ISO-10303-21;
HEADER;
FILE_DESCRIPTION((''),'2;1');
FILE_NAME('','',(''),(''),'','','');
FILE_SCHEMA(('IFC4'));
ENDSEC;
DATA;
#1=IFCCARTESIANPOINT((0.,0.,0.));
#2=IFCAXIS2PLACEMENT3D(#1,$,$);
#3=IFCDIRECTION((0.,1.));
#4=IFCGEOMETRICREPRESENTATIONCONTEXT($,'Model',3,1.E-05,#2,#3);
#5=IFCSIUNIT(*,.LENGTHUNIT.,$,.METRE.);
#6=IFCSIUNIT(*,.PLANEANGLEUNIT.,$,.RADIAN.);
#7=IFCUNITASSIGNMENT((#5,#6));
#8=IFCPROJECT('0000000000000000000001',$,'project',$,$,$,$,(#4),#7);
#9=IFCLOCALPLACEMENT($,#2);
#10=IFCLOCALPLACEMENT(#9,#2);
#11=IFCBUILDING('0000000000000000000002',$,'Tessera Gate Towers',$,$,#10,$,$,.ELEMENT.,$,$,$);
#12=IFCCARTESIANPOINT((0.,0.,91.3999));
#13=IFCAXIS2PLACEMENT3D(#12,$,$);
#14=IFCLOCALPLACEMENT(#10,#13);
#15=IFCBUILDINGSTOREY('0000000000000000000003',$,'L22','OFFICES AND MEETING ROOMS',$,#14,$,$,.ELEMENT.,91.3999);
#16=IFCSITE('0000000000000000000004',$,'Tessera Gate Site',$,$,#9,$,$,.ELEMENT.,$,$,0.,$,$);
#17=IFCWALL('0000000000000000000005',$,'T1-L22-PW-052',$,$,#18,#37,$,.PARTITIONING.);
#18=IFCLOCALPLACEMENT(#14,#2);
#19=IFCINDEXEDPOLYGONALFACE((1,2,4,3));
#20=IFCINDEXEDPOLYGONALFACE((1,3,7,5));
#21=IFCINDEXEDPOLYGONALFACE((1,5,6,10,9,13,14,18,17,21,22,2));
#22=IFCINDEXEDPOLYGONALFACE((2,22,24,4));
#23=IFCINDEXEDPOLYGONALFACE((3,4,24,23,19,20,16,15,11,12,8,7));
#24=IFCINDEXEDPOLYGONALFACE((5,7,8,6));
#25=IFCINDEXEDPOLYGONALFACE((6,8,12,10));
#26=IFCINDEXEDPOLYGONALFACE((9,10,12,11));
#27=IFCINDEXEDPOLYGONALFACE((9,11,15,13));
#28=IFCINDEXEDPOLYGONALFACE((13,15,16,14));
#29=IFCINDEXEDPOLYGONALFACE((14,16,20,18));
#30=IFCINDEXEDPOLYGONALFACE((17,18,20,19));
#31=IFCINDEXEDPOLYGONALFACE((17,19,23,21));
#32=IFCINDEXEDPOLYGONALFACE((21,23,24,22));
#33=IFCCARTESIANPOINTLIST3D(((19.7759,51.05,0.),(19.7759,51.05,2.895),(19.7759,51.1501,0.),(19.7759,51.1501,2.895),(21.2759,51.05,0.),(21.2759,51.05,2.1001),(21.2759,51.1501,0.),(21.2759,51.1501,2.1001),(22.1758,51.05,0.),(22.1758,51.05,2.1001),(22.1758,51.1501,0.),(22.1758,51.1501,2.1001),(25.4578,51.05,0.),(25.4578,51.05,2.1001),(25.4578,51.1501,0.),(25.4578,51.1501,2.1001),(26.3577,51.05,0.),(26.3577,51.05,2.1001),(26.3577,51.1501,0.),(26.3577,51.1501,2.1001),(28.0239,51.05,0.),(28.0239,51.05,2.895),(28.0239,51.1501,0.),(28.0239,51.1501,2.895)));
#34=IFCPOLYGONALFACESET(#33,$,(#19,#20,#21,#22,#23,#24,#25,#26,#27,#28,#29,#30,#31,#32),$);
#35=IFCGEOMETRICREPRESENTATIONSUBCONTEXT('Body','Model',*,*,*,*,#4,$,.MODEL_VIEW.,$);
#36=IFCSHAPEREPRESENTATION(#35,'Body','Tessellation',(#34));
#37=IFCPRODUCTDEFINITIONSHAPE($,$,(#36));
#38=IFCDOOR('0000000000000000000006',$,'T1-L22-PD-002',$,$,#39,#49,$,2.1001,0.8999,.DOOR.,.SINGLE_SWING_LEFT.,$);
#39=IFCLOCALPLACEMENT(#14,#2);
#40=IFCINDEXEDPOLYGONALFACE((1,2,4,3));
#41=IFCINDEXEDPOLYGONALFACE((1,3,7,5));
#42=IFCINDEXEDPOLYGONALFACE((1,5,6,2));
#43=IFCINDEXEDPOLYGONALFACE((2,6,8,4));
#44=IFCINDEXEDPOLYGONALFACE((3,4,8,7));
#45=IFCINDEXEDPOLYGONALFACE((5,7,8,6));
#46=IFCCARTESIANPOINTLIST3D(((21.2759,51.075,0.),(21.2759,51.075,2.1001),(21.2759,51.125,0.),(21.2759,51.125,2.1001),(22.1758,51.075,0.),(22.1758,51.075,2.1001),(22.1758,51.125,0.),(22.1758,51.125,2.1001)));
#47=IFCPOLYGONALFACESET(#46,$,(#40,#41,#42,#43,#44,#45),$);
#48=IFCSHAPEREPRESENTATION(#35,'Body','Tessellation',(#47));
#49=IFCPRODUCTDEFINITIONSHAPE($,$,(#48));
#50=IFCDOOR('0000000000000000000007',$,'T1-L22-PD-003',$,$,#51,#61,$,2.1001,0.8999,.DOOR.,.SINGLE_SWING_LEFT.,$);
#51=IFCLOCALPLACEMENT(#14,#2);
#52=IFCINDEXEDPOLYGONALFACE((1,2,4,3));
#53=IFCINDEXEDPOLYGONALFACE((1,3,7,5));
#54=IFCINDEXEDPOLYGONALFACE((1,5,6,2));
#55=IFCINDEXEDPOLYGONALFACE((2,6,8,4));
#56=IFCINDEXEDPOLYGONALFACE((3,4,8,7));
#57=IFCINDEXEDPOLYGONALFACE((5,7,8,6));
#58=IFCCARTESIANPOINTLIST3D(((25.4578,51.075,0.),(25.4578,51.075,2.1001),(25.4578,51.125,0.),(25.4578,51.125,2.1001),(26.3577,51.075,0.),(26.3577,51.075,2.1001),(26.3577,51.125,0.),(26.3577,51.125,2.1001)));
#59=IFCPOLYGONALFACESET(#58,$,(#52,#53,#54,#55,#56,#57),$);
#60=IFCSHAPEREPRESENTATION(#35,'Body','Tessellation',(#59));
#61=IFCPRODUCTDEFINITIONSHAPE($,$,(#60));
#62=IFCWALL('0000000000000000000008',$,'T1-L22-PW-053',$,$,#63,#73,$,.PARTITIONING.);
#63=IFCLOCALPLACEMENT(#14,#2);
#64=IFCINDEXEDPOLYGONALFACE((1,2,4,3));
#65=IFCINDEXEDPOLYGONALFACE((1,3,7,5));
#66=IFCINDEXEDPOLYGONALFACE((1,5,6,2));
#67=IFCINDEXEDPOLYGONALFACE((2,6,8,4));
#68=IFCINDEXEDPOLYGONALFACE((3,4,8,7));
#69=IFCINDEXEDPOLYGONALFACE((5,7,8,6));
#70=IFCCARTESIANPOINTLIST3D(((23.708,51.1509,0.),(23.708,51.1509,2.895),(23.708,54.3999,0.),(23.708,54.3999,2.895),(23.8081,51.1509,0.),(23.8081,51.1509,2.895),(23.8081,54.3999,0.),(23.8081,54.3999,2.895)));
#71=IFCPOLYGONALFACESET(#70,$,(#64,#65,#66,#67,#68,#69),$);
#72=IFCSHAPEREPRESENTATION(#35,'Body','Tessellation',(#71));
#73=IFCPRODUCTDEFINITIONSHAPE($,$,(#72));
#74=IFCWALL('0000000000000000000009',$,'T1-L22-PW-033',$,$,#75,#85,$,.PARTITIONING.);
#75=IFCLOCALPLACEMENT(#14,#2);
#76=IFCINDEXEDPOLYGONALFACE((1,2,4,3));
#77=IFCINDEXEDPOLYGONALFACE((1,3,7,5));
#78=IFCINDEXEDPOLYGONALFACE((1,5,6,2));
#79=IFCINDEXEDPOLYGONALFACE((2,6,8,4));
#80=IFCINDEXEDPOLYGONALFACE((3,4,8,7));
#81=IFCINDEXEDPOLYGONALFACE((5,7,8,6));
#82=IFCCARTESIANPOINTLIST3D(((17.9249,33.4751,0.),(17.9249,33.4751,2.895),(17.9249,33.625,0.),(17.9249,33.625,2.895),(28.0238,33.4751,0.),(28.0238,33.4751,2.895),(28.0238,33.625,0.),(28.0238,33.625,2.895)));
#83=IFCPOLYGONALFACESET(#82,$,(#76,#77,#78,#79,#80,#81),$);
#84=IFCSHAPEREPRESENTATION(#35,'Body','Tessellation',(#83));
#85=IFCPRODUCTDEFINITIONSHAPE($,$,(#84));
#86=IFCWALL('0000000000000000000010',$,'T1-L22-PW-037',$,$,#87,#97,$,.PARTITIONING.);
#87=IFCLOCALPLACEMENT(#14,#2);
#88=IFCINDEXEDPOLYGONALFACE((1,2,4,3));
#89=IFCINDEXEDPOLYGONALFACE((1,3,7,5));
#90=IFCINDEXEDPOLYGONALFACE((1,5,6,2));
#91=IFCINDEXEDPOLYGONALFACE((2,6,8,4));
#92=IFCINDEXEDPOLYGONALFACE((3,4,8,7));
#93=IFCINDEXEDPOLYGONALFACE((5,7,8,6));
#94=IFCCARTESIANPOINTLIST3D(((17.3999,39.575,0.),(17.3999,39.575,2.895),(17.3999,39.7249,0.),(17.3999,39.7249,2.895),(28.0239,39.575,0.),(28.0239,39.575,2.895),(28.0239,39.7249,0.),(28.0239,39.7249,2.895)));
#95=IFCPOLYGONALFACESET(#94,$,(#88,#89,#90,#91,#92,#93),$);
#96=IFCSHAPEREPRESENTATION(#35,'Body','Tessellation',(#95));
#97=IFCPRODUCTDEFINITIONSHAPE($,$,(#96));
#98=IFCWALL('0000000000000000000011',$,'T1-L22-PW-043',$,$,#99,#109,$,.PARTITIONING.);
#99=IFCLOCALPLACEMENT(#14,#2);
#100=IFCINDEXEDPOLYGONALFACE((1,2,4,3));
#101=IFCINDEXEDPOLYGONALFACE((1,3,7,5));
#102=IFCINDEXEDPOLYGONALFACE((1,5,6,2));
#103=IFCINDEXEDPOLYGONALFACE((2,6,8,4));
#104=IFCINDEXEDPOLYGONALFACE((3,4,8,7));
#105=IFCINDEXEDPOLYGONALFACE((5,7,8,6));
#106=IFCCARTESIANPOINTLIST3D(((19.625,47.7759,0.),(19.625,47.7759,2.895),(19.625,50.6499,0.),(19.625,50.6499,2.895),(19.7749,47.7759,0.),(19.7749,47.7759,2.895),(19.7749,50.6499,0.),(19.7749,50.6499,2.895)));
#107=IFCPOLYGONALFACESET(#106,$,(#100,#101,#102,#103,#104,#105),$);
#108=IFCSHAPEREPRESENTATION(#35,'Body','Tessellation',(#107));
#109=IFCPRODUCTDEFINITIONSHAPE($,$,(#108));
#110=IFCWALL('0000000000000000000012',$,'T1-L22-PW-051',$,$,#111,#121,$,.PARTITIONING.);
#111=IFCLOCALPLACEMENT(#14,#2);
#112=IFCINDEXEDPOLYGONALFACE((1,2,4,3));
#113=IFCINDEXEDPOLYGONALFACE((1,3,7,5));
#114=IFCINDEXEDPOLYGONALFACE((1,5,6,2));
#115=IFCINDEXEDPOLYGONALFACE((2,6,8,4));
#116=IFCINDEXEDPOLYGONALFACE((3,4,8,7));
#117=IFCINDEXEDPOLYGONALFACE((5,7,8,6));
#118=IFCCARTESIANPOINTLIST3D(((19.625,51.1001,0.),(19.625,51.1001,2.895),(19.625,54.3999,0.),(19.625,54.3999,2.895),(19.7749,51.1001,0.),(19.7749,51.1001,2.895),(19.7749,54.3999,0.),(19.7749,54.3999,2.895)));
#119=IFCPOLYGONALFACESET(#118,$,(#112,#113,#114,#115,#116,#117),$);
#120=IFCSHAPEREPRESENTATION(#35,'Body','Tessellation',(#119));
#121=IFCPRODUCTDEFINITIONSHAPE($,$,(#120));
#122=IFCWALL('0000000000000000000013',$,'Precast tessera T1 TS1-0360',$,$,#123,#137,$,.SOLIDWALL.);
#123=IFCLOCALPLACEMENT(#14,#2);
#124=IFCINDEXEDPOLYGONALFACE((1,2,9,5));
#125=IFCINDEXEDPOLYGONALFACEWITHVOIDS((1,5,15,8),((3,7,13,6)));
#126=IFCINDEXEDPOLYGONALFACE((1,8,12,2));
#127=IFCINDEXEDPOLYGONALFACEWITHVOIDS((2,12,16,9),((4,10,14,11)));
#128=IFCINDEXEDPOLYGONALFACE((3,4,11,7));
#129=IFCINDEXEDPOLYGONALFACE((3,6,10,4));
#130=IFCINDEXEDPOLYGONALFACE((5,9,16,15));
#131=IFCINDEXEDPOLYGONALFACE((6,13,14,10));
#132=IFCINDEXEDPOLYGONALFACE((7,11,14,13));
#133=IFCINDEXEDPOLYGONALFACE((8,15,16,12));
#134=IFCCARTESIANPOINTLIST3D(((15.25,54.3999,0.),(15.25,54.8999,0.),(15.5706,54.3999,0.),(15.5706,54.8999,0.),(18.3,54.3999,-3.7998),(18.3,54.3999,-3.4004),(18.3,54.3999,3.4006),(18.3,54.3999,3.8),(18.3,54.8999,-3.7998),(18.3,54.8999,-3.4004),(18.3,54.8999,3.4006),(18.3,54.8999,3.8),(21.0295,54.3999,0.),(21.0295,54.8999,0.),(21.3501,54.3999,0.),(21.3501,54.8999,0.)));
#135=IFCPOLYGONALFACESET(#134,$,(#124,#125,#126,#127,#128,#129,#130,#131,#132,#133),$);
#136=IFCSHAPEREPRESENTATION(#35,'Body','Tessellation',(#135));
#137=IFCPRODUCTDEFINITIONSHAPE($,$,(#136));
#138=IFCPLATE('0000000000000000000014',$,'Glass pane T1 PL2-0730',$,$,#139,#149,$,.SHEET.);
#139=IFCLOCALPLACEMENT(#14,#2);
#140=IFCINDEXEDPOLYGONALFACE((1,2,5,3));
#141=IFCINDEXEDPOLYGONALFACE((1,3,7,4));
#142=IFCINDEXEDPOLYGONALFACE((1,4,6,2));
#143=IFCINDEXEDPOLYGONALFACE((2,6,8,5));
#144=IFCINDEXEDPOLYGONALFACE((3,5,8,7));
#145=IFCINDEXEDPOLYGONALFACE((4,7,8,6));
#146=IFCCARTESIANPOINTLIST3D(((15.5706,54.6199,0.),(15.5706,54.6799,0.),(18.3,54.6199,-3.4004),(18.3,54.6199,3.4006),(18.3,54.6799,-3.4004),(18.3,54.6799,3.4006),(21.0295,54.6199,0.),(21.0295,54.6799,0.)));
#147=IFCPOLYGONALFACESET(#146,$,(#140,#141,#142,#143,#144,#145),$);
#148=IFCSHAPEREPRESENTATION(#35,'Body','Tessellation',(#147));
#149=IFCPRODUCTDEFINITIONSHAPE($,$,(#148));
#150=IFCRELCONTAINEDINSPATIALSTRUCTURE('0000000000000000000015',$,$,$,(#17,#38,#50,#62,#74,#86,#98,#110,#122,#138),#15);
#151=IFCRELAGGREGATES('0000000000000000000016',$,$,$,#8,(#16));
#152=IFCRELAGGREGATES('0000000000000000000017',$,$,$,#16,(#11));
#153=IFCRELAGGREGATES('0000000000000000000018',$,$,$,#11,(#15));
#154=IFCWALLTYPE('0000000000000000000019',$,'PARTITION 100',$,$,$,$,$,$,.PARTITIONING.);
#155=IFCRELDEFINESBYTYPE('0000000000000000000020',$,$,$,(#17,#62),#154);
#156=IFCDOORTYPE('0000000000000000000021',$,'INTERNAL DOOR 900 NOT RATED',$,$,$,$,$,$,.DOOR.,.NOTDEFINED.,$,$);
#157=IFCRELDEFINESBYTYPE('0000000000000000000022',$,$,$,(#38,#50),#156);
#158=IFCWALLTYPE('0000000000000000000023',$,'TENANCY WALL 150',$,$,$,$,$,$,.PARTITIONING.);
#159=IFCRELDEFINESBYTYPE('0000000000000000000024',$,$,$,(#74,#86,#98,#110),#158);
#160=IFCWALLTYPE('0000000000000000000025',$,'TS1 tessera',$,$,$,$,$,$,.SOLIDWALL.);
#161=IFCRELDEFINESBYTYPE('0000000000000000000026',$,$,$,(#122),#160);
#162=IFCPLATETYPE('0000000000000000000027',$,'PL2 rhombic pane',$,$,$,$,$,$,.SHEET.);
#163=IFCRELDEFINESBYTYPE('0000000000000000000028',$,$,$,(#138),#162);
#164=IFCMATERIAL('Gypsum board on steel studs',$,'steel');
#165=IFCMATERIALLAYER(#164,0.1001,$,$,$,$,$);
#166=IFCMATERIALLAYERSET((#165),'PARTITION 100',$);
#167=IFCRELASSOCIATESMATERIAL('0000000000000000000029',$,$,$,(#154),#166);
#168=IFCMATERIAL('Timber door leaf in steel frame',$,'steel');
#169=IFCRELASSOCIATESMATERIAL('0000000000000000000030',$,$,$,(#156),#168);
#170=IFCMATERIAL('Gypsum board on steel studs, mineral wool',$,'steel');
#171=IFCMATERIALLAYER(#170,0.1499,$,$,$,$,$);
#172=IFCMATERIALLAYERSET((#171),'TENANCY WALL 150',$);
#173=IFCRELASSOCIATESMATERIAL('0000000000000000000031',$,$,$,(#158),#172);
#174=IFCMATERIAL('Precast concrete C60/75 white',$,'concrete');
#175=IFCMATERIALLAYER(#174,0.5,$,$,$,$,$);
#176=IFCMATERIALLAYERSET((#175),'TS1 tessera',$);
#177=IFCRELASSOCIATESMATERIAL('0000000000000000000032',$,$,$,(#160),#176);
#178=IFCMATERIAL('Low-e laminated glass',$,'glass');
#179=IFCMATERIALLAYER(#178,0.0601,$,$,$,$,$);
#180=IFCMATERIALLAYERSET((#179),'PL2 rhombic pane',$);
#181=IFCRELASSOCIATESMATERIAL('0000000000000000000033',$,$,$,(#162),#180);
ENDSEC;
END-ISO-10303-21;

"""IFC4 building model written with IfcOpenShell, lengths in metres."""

from ifc_helpers import new_model, si_unit, direction, frame, frame_2d, origin, place, context, subcontext, project, spatial, polyline, rectangle, outline, extrude, source, transform, mapped, material, layer, layer_set, type_object, element, fill, save


model = new_model("IFC4")

# Units and contexts
model_context = context("Model", 3, precision=1e-05, world=origin(), true_north=direction((0.0, 1.0)))
body_context = subcontext(model_context, "Body", "Model", "MODEL_VIEW")
ifc_project = project(units=[si_unit("LENGTHUNIT", "METRE"), si_unit("PLANEANGLEUNIT", "RADIAN")], contexts=[model_context])

# Site, building, storey
site_placement = place(None, origin())
site = spatial("IfcSite", under=ifc_project, at=site_placement, Name="Tessera Gate Site", CompositionType="ELEMENT", RefElevation=0.0)
building_placement = place(site_placement, origin())
building = spatial("IfcBuilding", under=site, at=building_placement, Name="Tessera Gate Towers", CompositionType="ELEMENT")
storey_placement = place(building_placement, frame((0.0, 0.0, 91.3999)))
storey = spatial("IfcBuildingStorey", under=building, at=storey_placement, Name="L22", Description="OFFICES AND MEETING ROOMS", CompositionType="ELEMENT", Elevation=91.3999)

# Shared definitions
shared_shape_1 = source(origin(), body_context, "Body", "SweptSolid", [
    extrude(rectangle(XDim=0.8999, YDim=2.1001, at=frame_2d((0.45, 1.05))), frame((0.0, 0.0601, 0.0), z_axis=(0.0, -1.0, 0.0), x_axis=(1.0, 0.0, 0.0)), (0.0, 0.0, 1.0), 0.1201),
])
shared_shape_2 = source(origin(), body_context, "Body", "SweptSolid", [
    extrude(rectangle(XDim=0.8999, YDim=2.1001, at=frame_2d((0.45, 1.05))), frame((0.0, 0.0249, 0.0), z_axis=(0.0, -1.0, 0.0), x_axis=(1.0, 0.0, 0.0)), (0.0, 0.0, 1.0), 0.05),
])

# Shared definitions
ifc_material_1 = material(Name="Gypsum board on steel studs", Category="steel")
ifc_layer_1 = layer(ifc_material_1, 0.1001)
ifc_layer_set_1 = layer_set([ifc_layer_1], Name="PARTITION 100")
wall_type_1 = type_object("IfcWallType", Name="PARTITION 100", PredefinedType="PARTITIONING", material=ifc_layer_set_1)

# Wall, openings, doors
wall_1_placement = place(storey_placement, frame((19.7759, 51.1001, 0.0), z_axis=(0.0, 0.0, 1.0), x_axis=(1.0, 0.0, 0.0)))
wall_1 = element("IfcWall", 1, at=wall_1_placement, inside=storey, type_object=wall_type_1, Name="T1-L22-PW-052", PredefinedType="PARTITIONING", context=body_context, shape_type="SweptSolid", body=[
    extrude(rectangle(XDim=8.248, YDim=0.1001, at=frame_2d((4.124, 0.0))), origin(), (0.0, 0.0, 1.0), 2.895),
])
opening_1_placement = place(wall_1_placement, frame((1.5, 0.0, 0.0)))
opening_1 = element("IfcOpeningElement", 2, at=opening_1_placement, cuts=wall_1, PredefinedType="OPENING", context=body_context, shape_type="MappedRepresentation", body=[
    mapped(shared_shape_1, transform((0.0, 0.0, 0.0), scale=1.0)),
])
opening_2_placement = place(wall_1_placement, frame((5.6819, 0.0, 0.0)))
opening_2 = element("IfcOpeningElement", 3, at=opening_2_placement, cuts=wall_1, PredefinedType="OPENING", context=body_context, shape_type="MappedRepresentation", body=[
    mapped(shared_shape_1, transform((0.0, 0.0, 0.0), scale=1.0)),
])
ifc_material_2 = material(Name="Timber door leaf in steel frame", Category="steel")
door_type_1 = type_object("IfcDoorType", Name="INTERNAL DOOR 900 NOT RATED", OperationType="NOTDEFINED", PredefinedType="DOOR", material=ifc_material_2)
door_1_placement = place(opening_1_placement, origin())
door_1 = element("IfcDoor", 4, at=door_1_placement, inside=storey, type_object=door_type_1, Name="T1-L22-PD-002", OperationType="SINGLE_SWING_LEFT", OverallHeight=2.1001, OverallWidth=0.8999, PredefinedType="DOOR", context=body_context, shape_type="MappedRepresentation", body=[
    mapped(shared_shape_2, transform((0.0, 0.0, 0.0), scale=1.0)),
])
fill(opening_1, door_1)
door_2_placement = place(opening_2_placement, origin())
door_2 = element("IfcDoor", 5, at=door_2_placement, inside=storey, type_object=door_type_1, Name="T1-L22-PD-003", OperationType="SINGLE_SWING_LEFT", OverallHeight=2.1001, OverallWidth=0.8999, PredefinedType="DOOR", context=body_context, shape_type="MappedRepresentation", body=[
    mapped(shared_shape_2, transform((0.0, 0.0, 0.0), scale=1.0)),
])
fill(opening_2, door_2)

# Walls
wall_2_placement = place(storey_placement, frame((23.7581, 51.1509, 0.0), z_axis=(0.0, 0.0, 1.0), x_axis=(0.0, 1.0, 0.0)))
element("IfcWall", 6, at=wall_2_placement, inside=storey, type_object=wall_type_1, Name="T1-L22-PW-053", PredefinedType="PARTITIONING", context=body_context, shape_type="SweptSolid", body=[
    extrude(rectangle(XDim=3.249, YDim=0.1001, at=frame_2d((1.6245, 0.0))), origin(), (0.0, 0.0, 1.0), 2.895),
])
ifc_material_3 = material(Name="Gypsum board on steel studs, mineral wool", Category="steel")
ifc_layer_2 = layer(ifc_material_3, 0.1499)
ifc_layer_set_2 = layer_set([ifc_layer_2], Name="TENANCY WALL 150")
wall_type_2 = type_object("IfcWallType", Name="TENANCY WALL 150", PredefinedType="PARTITIONING", material=ifc_layer_set_2)
wall_3_placement = place(storey_placement, frame((17.925, 33.55, 0.0), z_axis=(0.0, 0.0, 1.0), x_axis=(1.0, 0.0, 0.0)))
element("IfcWall", 7, at=wall_3_placement, inside=storey, type_object=wall_type_2, Name="T1-L22-PW-033", PredefinedType="PARTITIONING", context=body_context, shape_type="SweptSolid", body=[
    extrude(rectangle(XDim=10.0989, YDim=0.1499, at=frame_2d((5.0493, 0.0))), origin(), (0.0, 0.0, 1.0), 2.895),
])
wall_4_placement = place(storey_placement, frame((17.3999, 39.6499, 0.0), z_axis=(0.0, 0.0, 1.0), x_axis=(1.0, 0.0, 0.0)))
element("IfcWall", 8, at=wall_4_placement, inside=storey, type_object=wall_type_2, Name="T1-L22-PW-037", PredefinedType="PARTITIONING", context=body_context, shape_type="SweptSolid", body=[
    extrude(rectangle(XDim=10.624, YDim=0.1499, at=frame_2d((5.312, 0.0))), origin(), (0.0, 0.0, 1.0), 2.895),
])
wall_5_placement = place(storey_placement, frame((19.7, 47.7759, 0.0), z_axis=(0.0, 0.0, 1.0), x_axis=(0.0, 1.0, 0.0)))
element("IfcWall", 9, at=wall_5_placement, inside=storey, type_object=wall_type_2, Name="T1-L22-PW-043", PredefinedType="PARTITIONING", context=body_context, shape_type="SweptSolid", body=[
    extrude(rectangle(XDim=2.874, YDim=0.1499, at=frame_2d((1.437, 0.0))), origin(), (0.0, 0.0, 1.0), 2.895),
])
wall_6_placement = place(storey_placement, frame((19.7, 51.1001, 0.0), z_axis=(0.0, 0.0, 1.0), x_axis=(0.0, 1.0, 0.0)))
element("IfcWall", 10, at=wall_6_placement, inside=storey, type_object=wall_type_2, Name="T1-L22-PW-051", PredefinedType="PARTITIONING", context=body_context, shape_type="SweptSolid", body=[
    extrude(rectangle(XDim=3.2998, YDim=0.1499, at=frame_2d((1.6499, 0.0))), origin(), (0.0, 0.0, 1.0), 2.895),
])

# Wall, opening, plate
ifc_material_4 = material(Name="Precast concrete C60/75 white", Category="concrete")
ifc_layer_3 = layer(ifc_material_4, 0.5)
ifc_layer_set_3 = layer_set([ifc_layer_3], Name="TS1 tessera")
wall_type_3 = type_object("IfcWallType", Name="TS1 tessera", PredefinedType="SOLIDWALL", material=ifc_layer_set_3)
shared_shape_3 = source(origin(), body_context, "Body", "SweptSolid", [
    extrude(outline(polyline([(3.05, 0.0), (6.1001, 3.7998), (3.05, 7.5999), (0.0, 3.7998), (3.05, 0.0)])), frame((0.0, 0.25, 0.0), z_axis=(0.0, -1.0, 0.0), x_axis=(1.0, 0.0, 0.0)), (0.0, 0.0, 1.0), 0.5),
])
wall_7_placement = place(storey_placement, frame((21.3501, 54.6499, -3.7998), z_axis=(0.0, 0.0, 1.0), x_axis=(-1.0, 0.0, 0.0)))
wall_7 = element("IfcWall", 11, at=wall_7_placement, inside=storey, type_object=wall_type_3, Name="Precast tessera T1 TS1-0360", PredefinedType="SOLIDWALL", context=body_context, shape_type="MappedRepresentation", body=[
    mapped(shared_shape_3, transform((0.0, 0.0, 0.0), scale=1.0)),
])
shared_shape_4 = source(origin(), body_context, "Body", "SweptSolid", [
    extrude(outline(polyline([(3.05, 0.3994), (5.7795, 3.7998), (3.05, 7.2004), (0.3206, 3.7998), (3.05, 0.3994)])), frame((0.0, 0.26, 0.0), z_axis=(0.0, -1.0, 0.0), x_axis=(1.0, 0.0, 0.0)), (0.0, 0.0, 1.0), 0.52),
])
opening_3_placement = place(wall_7_placement, origin())
opening_3 = element("IfcOpeningElement", 12, at=opening_3_placement, cuts=wall_7, PredefinedType="OPENING", context=body_context, shape_type="MappedRepresentation", body=[
    mapped(shared_shape_4, transform((0.0, 0.0, 0.0), scale=1.0)),
])
ifc_material_5 = material(Name="Low-e laminated glass", Category="glass")
ifc_layer_4 = layer(ifc_material_5, 0.0601)
ifc_layer_set_4 = layer_set([ifc_layer_4], Name="PL2 rhombic pane")
plate_type = type_object("IfcPlateType", Name="PL2 rhombic pane", PredefinedType="SHEET", material=ifc_layer_set_4)
shared_shape_5 = source(origin(), body_context, "Body", "SweptSolid", [
    extrude(outline(polyline([(3.05, 0.3994), (5.7795, 3.7998), (3.05, 7.2004), (0.3206, 3.7998), (3.05, 0.3994)])), frame((0.0, 0.03, 0.0), z_axis=(0.0, -1.0, 0.0), x_axis=(1.0, 0.0, 0.0)), (0.0, 0.0, 1.0), 0.0601),
])
plate_1_placement = place(opening_3_placement, origin())
plate_1 = element("IfcPlate", 13, at=plate_1_placement, inside=storey, type_object=plate_type, Name="Glass pane T1 PL2-0730", PredefinedType="SHEET", context=body_context, shape_type="MappedRepresentation", body=[
    mapped(shared_shape_5, transform((0.0, 0.0, 0.0), scale=1.0)),
])
fill(opening_3, plate_1)

save(model, "model.ifc")
